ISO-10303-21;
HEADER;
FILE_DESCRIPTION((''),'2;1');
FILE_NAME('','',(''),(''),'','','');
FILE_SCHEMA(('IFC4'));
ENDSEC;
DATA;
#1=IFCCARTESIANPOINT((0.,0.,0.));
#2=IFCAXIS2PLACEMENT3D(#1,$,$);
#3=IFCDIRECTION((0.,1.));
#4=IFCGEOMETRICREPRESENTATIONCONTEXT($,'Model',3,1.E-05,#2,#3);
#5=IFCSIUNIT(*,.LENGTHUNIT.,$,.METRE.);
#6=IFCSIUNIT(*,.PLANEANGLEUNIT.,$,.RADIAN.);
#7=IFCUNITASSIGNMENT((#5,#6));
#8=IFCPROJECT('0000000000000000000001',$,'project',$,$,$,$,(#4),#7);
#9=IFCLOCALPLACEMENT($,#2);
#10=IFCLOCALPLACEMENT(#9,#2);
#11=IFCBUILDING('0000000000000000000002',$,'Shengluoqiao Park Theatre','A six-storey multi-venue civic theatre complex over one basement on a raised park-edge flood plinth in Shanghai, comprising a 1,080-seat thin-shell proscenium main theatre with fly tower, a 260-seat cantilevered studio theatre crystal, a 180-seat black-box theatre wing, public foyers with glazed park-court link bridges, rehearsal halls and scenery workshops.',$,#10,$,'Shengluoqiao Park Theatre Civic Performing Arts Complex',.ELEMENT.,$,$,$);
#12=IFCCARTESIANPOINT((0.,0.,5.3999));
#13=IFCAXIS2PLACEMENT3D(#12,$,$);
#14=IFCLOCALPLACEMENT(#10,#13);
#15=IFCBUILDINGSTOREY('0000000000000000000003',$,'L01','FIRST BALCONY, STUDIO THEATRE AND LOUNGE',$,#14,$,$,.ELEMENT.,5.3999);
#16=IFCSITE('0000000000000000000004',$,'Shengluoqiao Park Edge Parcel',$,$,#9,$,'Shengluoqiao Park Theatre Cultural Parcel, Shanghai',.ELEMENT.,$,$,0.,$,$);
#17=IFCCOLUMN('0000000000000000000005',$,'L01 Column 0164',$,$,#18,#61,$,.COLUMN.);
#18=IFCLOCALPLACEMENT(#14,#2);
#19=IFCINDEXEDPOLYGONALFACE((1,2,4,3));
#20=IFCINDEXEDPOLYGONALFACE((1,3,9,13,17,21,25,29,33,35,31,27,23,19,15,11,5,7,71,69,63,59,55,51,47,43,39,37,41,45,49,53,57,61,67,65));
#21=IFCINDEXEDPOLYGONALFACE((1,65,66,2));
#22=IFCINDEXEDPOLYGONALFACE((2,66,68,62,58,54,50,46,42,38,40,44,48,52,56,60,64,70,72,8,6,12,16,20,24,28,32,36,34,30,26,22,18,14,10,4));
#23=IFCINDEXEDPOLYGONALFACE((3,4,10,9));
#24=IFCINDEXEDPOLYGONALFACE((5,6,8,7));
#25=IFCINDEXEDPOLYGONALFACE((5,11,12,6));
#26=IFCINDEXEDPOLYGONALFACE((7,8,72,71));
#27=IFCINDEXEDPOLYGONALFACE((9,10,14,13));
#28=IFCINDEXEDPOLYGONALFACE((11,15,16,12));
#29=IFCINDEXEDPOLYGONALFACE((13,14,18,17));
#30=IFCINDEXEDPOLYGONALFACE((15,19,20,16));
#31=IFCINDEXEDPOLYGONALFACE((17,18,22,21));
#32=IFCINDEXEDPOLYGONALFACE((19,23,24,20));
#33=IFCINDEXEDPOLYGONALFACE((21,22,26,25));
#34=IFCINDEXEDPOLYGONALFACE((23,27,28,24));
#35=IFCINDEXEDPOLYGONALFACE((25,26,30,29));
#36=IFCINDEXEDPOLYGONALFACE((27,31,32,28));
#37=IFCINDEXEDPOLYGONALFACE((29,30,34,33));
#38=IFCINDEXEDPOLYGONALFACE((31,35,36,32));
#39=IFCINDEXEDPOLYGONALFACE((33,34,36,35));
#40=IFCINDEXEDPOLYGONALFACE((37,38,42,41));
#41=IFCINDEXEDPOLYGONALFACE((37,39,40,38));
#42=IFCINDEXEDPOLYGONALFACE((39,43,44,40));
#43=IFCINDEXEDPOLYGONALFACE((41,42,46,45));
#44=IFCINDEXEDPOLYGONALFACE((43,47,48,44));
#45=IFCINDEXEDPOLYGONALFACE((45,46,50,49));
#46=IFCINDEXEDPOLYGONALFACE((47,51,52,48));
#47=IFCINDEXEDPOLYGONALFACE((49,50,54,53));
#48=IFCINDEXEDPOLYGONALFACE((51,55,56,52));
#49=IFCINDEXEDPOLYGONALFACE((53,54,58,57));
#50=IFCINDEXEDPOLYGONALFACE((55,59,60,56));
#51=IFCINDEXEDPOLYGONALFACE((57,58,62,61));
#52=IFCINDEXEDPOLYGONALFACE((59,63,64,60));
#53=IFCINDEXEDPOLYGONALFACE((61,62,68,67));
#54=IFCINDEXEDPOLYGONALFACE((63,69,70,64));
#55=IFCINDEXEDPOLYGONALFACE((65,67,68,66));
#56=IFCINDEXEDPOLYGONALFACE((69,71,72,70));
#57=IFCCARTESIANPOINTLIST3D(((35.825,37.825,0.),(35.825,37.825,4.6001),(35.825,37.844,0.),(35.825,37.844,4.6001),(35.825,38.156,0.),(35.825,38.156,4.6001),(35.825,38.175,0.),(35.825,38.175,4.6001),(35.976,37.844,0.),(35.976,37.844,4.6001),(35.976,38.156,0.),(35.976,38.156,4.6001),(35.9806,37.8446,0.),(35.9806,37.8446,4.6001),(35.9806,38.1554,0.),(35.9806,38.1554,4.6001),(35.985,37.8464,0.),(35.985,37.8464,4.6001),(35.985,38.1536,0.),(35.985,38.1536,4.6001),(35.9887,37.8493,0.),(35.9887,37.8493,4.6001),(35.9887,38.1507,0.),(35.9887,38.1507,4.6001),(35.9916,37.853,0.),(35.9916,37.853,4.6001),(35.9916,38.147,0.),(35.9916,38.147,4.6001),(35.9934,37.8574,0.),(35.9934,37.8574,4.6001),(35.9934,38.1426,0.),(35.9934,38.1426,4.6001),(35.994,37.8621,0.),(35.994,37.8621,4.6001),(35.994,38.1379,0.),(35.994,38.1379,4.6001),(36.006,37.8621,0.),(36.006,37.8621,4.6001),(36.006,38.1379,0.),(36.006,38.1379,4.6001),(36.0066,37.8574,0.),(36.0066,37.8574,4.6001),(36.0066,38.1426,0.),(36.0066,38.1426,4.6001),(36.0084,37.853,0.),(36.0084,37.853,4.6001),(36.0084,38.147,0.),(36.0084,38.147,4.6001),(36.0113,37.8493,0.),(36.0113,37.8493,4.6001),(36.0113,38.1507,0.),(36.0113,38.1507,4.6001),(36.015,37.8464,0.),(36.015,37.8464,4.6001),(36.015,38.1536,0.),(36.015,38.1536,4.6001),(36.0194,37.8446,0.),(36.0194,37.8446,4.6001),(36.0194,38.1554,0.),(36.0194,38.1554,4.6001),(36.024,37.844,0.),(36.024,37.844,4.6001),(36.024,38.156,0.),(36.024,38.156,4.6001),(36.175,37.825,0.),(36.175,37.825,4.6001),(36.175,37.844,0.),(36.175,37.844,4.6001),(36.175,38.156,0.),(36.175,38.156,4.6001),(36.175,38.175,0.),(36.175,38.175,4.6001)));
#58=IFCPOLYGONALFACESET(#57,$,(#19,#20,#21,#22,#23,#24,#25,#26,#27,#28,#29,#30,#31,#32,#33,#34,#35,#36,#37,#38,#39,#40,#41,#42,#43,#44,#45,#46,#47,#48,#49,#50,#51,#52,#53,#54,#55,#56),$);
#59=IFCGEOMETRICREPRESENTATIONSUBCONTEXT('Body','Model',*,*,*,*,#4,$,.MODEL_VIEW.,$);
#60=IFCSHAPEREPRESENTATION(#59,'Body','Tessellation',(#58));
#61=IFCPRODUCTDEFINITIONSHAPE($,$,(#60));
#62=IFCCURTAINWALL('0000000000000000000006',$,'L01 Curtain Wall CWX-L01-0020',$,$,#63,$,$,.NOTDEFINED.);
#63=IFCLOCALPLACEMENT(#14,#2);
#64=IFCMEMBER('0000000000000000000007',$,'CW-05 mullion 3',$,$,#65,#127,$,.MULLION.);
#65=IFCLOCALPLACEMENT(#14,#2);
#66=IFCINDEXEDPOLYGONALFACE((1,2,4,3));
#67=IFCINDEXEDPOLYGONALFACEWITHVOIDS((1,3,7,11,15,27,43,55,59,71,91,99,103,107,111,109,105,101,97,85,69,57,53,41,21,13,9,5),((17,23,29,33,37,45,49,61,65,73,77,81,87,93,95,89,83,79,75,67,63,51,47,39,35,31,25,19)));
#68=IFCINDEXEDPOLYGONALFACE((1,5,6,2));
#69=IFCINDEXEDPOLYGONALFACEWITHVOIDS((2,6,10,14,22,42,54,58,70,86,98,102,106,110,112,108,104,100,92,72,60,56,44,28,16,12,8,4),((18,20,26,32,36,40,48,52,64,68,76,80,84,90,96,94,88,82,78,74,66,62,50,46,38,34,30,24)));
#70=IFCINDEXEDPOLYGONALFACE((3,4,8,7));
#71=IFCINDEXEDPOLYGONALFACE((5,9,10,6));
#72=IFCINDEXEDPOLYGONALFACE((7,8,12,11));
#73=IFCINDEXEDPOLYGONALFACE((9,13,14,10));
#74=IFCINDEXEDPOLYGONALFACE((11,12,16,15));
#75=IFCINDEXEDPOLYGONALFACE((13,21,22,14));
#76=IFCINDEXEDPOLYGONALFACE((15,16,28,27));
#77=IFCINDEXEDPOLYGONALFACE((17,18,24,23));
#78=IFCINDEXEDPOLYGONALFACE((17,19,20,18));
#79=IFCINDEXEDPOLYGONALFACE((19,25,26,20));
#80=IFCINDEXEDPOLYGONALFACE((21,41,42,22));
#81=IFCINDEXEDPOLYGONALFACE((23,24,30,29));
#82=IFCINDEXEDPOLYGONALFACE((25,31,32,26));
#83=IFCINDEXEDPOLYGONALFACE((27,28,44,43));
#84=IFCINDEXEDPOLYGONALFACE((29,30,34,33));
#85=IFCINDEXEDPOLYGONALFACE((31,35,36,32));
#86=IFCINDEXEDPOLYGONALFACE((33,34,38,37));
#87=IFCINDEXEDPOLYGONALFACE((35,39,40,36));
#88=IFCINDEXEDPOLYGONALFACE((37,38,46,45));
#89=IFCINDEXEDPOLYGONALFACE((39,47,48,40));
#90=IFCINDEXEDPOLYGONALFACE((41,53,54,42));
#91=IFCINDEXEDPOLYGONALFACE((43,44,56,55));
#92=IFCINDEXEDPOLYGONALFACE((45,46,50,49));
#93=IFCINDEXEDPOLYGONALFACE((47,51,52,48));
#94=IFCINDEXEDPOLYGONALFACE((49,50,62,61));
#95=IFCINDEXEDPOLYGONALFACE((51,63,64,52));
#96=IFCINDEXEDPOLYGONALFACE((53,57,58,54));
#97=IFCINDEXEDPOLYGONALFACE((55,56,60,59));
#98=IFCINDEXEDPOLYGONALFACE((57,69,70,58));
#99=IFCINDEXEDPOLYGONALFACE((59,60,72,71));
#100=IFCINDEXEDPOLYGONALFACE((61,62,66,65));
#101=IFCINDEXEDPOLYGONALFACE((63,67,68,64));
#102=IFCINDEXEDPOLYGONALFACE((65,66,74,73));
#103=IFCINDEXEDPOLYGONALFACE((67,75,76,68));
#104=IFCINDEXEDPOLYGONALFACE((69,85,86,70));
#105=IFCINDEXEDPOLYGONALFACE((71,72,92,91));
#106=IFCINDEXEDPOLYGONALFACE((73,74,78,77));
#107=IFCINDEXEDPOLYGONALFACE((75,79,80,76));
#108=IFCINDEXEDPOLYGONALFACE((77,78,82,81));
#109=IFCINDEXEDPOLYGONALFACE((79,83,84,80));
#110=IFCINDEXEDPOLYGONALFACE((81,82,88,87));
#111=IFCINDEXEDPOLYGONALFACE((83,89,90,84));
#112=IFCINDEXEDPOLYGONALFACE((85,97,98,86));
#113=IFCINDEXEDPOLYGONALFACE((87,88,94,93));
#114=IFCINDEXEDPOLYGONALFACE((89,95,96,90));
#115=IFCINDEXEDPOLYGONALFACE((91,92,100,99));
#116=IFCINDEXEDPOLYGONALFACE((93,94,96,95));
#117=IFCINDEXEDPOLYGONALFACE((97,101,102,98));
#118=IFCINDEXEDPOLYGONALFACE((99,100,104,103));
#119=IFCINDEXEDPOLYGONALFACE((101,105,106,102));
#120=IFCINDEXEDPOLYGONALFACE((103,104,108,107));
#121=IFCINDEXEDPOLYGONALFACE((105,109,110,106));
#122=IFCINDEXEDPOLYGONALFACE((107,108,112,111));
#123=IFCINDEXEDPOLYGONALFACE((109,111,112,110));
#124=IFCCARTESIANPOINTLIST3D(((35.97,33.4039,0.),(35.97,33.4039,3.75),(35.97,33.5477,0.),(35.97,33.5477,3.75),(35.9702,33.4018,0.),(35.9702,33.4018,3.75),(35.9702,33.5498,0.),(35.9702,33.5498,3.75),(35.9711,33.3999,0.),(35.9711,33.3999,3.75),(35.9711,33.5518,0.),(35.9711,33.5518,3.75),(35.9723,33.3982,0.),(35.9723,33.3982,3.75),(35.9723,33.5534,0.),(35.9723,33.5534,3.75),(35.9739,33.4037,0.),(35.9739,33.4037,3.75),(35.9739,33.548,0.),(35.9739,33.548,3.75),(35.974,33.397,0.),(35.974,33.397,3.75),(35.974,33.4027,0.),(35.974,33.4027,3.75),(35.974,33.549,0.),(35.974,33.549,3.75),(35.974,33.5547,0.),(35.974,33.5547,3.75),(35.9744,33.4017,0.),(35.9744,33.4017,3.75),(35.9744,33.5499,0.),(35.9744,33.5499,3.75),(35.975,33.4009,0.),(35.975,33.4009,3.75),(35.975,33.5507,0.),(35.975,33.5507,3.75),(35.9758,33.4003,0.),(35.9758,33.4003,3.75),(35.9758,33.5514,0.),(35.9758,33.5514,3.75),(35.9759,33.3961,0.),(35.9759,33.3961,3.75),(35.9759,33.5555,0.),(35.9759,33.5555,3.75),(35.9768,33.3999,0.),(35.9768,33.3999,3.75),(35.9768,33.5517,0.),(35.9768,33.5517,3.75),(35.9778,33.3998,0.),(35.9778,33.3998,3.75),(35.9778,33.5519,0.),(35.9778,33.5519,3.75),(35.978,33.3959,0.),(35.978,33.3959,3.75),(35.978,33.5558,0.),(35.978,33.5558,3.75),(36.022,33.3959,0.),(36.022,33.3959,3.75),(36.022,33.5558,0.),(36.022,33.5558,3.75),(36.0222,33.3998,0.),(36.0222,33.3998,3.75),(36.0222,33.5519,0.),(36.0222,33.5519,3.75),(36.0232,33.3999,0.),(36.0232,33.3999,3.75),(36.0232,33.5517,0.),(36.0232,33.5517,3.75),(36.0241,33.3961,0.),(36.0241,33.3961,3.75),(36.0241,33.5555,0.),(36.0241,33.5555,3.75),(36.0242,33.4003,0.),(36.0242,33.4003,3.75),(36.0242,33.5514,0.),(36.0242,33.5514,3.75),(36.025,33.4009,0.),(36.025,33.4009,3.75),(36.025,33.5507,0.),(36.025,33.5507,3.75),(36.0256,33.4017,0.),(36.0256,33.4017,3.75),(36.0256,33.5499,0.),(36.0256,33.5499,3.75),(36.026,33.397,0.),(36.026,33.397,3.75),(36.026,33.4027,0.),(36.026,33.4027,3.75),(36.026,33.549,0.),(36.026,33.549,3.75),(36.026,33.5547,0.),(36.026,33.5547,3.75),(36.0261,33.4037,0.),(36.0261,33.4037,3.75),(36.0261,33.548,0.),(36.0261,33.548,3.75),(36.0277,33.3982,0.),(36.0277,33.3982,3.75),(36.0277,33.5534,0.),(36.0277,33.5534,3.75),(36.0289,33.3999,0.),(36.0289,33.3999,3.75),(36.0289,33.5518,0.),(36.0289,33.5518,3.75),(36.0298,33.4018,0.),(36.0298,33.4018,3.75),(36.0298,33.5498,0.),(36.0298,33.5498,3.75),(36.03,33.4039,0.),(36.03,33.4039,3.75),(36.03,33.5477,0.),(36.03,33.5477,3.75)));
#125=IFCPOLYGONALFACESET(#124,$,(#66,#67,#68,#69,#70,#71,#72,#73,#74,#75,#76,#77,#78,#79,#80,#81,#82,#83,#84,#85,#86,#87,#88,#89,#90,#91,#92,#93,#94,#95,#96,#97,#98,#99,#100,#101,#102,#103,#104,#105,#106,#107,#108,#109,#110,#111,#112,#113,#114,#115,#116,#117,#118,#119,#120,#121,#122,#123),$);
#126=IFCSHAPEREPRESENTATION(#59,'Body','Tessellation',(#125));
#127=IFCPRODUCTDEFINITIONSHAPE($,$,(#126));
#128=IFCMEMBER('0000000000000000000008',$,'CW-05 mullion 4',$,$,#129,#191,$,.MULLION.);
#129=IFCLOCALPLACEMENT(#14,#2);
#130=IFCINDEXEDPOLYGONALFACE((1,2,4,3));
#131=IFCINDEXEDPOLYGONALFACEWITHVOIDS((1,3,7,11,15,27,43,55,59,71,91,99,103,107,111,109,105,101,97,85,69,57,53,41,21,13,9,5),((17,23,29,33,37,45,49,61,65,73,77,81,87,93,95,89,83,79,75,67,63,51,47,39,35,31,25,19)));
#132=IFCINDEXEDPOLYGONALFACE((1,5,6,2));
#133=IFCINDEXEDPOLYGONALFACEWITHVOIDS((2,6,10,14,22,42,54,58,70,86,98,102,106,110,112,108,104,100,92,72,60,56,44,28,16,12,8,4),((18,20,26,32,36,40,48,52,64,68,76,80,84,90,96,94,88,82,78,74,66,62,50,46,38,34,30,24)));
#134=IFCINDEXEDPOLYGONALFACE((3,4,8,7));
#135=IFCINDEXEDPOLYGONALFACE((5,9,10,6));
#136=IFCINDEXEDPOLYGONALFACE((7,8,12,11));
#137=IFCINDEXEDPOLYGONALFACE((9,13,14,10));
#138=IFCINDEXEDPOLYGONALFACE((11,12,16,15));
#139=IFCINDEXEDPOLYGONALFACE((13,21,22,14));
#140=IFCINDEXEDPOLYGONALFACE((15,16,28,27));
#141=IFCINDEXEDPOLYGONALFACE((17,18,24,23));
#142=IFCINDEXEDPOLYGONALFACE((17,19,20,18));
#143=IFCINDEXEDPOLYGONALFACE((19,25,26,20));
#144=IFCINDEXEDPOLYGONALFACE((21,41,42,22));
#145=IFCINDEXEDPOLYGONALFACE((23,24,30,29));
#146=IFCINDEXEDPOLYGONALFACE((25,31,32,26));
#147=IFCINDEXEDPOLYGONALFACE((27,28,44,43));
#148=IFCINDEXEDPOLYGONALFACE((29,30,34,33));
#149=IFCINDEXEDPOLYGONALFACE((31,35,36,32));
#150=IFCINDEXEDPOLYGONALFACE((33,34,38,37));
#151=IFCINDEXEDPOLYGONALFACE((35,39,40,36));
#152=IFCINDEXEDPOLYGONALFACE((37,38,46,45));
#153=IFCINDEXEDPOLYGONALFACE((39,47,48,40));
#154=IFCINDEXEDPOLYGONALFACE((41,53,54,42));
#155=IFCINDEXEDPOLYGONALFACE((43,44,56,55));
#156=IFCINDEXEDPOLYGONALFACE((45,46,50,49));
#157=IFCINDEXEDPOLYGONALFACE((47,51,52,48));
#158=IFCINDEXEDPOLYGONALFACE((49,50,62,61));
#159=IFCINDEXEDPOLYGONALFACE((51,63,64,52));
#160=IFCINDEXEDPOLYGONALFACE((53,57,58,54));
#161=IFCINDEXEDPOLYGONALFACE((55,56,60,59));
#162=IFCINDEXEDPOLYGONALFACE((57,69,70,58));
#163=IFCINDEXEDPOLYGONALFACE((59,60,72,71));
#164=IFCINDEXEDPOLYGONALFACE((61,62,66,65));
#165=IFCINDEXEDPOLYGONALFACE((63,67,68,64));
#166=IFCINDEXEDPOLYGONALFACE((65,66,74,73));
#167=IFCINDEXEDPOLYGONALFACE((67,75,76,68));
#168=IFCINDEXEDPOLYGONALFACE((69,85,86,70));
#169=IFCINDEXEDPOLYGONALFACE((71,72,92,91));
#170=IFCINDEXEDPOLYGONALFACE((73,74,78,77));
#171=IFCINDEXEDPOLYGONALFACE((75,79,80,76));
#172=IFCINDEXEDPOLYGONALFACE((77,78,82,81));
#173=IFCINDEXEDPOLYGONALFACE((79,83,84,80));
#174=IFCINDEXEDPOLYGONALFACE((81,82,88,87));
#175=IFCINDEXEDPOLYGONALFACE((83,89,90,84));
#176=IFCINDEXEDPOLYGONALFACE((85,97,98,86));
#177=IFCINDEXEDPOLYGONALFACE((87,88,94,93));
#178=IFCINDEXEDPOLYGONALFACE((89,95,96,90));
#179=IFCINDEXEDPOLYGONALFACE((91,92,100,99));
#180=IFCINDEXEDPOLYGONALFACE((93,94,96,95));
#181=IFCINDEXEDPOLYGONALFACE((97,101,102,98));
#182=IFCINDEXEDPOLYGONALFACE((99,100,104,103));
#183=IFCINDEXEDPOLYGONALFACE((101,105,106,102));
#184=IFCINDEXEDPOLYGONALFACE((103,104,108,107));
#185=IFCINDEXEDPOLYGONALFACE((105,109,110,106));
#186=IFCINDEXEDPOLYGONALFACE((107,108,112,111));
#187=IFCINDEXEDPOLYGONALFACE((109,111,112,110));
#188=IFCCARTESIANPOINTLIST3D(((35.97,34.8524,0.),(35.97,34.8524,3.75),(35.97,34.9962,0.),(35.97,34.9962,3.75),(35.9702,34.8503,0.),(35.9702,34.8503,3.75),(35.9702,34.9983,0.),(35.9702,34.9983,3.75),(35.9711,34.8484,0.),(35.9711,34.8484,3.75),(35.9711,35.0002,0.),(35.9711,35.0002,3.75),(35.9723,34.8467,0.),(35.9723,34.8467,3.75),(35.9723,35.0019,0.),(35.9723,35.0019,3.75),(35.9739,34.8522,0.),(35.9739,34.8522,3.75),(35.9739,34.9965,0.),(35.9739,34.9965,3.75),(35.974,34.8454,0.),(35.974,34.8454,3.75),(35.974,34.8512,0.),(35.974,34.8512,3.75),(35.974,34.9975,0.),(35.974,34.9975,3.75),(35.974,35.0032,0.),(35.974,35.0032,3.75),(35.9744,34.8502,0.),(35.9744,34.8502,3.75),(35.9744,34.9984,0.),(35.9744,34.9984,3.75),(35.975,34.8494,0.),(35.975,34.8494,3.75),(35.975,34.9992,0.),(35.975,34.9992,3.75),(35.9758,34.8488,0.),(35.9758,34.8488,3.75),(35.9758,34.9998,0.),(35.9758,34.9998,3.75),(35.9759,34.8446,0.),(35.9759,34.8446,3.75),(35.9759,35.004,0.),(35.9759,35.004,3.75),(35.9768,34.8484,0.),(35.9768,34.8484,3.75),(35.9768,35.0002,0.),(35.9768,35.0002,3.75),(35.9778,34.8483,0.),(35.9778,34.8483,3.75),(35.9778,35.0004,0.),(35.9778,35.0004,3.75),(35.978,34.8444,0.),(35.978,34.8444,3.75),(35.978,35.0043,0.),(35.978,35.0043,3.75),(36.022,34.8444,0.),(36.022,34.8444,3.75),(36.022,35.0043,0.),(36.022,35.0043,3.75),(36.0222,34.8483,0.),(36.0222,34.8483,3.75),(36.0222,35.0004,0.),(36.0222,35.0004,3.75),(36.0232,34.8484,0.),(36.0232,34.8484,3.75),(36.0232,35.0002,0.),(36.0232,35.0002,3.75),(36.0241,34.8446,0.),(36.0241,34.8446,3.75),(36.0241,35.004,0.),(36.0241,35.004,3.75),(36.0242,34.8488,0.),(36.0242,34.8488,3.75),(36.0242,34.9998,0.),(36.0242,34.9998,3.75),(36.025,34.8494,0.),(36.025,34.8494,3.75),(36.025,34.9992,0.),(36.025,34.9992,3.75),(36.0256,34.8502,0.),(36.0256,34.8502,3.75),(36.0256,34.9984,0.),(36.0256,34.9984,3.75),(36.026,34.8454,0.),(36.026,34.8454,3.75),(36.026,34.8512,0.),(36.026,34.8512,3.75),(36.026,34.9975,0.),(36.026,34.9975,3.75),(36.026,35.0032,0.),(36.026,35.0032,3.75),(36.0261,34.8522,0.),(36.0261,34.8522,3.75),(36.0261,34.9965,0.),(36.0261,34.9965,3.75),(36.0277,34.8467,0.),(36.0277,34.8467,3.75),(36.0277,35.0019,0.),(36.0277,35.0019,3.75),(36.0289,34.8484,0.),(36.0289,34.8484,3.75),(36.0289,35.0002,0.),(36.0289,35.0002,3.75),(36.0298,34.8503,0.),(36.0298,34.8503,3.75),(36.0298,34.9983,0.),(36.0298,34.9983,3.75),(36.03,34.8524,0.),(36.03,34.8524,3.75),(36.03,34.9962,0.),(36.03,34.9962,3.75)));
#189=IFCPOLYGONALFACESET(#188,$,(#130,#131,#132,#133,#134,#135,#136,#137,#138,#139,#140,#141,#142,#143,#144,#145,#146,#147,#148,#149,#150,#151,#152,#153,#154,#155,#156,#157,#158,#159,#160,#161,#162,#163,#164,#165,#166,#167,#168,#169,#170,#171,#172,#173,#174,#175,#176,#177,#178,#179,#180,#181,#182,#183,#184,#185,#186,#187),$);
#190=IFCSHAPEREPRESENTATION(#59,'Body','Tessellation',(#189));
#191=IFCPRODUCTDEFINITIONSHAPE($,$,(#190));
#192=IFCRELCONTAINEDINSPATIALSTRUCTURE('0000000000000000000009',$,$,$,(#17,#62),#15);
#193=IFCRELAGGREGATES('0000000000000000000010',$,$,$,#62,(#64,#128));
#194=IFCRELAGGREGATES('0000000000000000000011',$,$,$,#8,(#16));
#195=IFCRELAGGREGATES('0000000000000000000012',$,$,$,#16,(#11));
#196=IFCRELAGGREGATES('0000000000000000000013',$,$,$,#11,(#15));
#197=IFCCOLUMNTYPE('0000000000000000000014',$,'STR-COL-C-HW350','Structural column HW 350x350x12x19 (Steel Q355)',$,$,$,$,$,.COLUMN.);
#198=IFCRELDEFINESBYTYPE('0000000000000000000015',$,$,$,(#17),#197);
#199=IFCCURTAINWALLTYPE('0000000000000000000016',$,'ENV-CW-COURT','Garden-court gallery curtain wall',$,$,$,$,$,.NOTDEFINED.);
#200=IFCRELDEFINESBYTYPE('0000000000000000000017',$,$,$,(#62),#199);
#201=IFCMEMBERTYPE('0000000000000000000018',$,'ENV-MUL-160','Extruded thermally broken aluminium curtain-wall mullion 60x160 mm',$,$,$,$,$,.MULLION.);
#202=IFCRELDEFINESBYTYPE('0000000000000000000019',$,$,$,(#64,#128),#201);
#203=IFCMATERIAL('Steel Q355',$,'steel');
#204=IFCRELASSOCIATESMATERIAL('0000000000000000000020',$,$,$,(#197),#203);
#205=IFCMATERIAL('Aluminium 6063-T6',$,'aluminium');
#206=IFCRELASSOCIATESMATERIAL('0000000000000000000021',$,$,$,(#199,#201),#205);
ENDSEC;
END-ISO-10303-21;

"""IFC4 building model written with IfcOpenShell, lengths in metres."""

from ifc_helpers import new_model, si_unit, direction, frame, origin, origin_2d, place, context, subcontext, project, spatial, hollow_rectangle, i_section, extrude, material, material_profile, profile_set, type_object, element, aggregate, save


model = new_model("IFC4")

# Units and contexts
model_context = context("Model", 3, precision=1e-05, world=origin(), true_north=direction((0.0, 1.0)))
body_context = subcontext(model_context, "Body", "Model", "MODEL_VIEW")
ifc_project = project(units=[si_unit("LENGTHUNIT", "METRE"), si_unit("PLANEANGLEUNIT", "RADIAN")], contexts=[model_context])

# Site, building, storey
site_placement = place(None, origin())
site = spatial("IfcSite", under=ifc_project, at=site_placement, Name="Shengluoqiao Park Edge Parcel", LongName="Shengluoqiao Park Theatre Cultural Parcel, Shanghai", CompositionType="ELEMENT", RefElevation=0.0)
building_placement = place(site_placement, origin())
building = spatial("IfcBuilding", under=site, at=building_placement, Name="Shengluoqiao Park Theatre", Description="A six-storey multi-venue civic theatre complex over one basement on a raised park-edge flood plinth in Shanghai, comprising a 1,080-seat thin-shell proscenium main theatre with fly tower, a 260-seat cantilevered studio theatre crystal, a 180-seat black-box theatre wing, public foyers with glazed park-court link bridges, rehearsal halls and scenery workshops.", LongName="Shengluoqiao Park Theatre Civic Performing Arts Complex", CompositionType="ELEMENT")
storey_placement = place(building_placement, frame((0.0, 0.0, 5.3999)))
storey = spatial("IfcBuildingStorey", under=building, at=storey_placement, Name="L01", Description="FIRST BALCONY, STUDIO THEATRE AND LOUNGE", CompositionType="ELEMENT", Elevation=5.3999)

# Column
ifc_material_1 = material(Name="Steel Q355", Category="steel")
ifc_material_profile_1 = material_profile(ifc_material_1, i_section(OverallWidth=0.3501, OverallDepth=0.3501, WebThickness=0.012, FlangeThickness=0.019, FilletRadius=0.0181, at=origin_2d()), Name="HW 350x350x12x19")
ifc_profile_set_1 = profile_set([ifc_material_profile_1], Name="Steel Q355")
column_type = type_object("IfcColumnType", Name="STR-COL-C-HW350", Description="Structural column HW 350x350x12x19 (Steel Q355)", PredefinedType="COLUMN", material=ifc_profile_set_1)
column_placement = place(storey_placement, frame((36.0, 38.0, 0.0), z_axis=(0.0, 0.0, 1.0), x_axis=(1.0, 0.0, 0.0)))
element("IfcColumn", 1, at=column_placement, inside=storey, type_object=column_type, Name="L01 Column 0164", PredefinedType="COLUMN", context=body_context, shape_type="SweptSolid", body=[
    extrude(i_section(OverallWidth=0.3501, OverallDepth=0.3501, WebThickness=0.012, FlangeThickness=0.019, FilletRadius=0.0181, at=origin_2d()), origin(), (0.0, 0.0, 1.0), 4.6001),
])

# Curtain wall, members
ifc_material_2 = material(Name="Aluminium 6063-T6", Category="aluminium")
curtain_wall_type = type_object("IfcCurtainWallType", Name="ENV-CW-COURT", Description="Garden-court gallery curtain wall", PredefinedType="NOTDEFINED", material=ifc_material_2)
curtain_wall_1_placement = place(storey_placement, origin())
curtain_wall_1 = element("IfcCurtainWall", 2, at=curtain_wall_1_placement, inside=storey, type_object=curtain_wall_type, Name="L01 Curtain Wall CWX-L01-0020", PredefinedType="NOTDEFINED")
ifc_material_profile_2 = material_profile(ifc_material_2, hollow_rectangle(XDim=0.0601, YDim=0.1599, WallThickness=0.0039, InnerFilletRadius=0.0039, OuterFilletRadius=0.0081, at=origin_2d()), Name="ALU MULLION 160x60x4")
ifc_profile_set_2 = profile_set([ifc_material_profile_2], Name="Aluminium 6063-T6")
member_type_1 = type_object("IfcMemberType", Name="ENV-MUL-160", Description="Extruded thermally broken aluminium curtain-wall mullion 60x160 mm", PredefinedType="MULLION", material=ifc_profile_set_2)
member_1_placement = place(storey_placement, frame((36.0, 33.4758, 0.0), z_axis=(0.0, 0.0, 1.0), x_axis=(-1.0, 0.0, 0.0)))
member_1 = element("IfcMember", 3, at=member_1_placement, type_object=member_type_1, Name="CW-05 mullion 3", PredefinedType="MULLION", context=body_context, shape_type="SweptSolid", body=[
    extrude(hollow_rectangle(XDim=0.0601, YDim=0.1599, WallThickness=0.0039, InnerFilletRadius=0.0039, OuterFilletRadius=0.0081, at=origin_2d()), origin(), (0.0, 0.0, 1.0), 3.75),
])
member_2_placement = place(storey_placement, frame((36.0, 34.9243, 0.0), z_axis=(0.0, 0.0, 1.0), x_axis=(-1.0, 0.0, 0.0)))
member_2 = element("IfcMember", 4, at=member_2_placement, type_object=member_type_1, Name="CW-05 mullion 4", PredefinedType="MULLION", context=body_context, shape_type="SweptSolid", body=[
    extrude(hollow_rectangle(XDim=0.0601, YDim=0.1599, WallThickness=0.0039, InnerFilletRadius=0.0039, OuterFilletRadius=0.0081, at=origin_2d()), origin(), (0.0, 0.0, 1.0), 3.75),
])

aggregate(curtain_wall_1, [member_1, member_2])

save(model, "model.ifc")
